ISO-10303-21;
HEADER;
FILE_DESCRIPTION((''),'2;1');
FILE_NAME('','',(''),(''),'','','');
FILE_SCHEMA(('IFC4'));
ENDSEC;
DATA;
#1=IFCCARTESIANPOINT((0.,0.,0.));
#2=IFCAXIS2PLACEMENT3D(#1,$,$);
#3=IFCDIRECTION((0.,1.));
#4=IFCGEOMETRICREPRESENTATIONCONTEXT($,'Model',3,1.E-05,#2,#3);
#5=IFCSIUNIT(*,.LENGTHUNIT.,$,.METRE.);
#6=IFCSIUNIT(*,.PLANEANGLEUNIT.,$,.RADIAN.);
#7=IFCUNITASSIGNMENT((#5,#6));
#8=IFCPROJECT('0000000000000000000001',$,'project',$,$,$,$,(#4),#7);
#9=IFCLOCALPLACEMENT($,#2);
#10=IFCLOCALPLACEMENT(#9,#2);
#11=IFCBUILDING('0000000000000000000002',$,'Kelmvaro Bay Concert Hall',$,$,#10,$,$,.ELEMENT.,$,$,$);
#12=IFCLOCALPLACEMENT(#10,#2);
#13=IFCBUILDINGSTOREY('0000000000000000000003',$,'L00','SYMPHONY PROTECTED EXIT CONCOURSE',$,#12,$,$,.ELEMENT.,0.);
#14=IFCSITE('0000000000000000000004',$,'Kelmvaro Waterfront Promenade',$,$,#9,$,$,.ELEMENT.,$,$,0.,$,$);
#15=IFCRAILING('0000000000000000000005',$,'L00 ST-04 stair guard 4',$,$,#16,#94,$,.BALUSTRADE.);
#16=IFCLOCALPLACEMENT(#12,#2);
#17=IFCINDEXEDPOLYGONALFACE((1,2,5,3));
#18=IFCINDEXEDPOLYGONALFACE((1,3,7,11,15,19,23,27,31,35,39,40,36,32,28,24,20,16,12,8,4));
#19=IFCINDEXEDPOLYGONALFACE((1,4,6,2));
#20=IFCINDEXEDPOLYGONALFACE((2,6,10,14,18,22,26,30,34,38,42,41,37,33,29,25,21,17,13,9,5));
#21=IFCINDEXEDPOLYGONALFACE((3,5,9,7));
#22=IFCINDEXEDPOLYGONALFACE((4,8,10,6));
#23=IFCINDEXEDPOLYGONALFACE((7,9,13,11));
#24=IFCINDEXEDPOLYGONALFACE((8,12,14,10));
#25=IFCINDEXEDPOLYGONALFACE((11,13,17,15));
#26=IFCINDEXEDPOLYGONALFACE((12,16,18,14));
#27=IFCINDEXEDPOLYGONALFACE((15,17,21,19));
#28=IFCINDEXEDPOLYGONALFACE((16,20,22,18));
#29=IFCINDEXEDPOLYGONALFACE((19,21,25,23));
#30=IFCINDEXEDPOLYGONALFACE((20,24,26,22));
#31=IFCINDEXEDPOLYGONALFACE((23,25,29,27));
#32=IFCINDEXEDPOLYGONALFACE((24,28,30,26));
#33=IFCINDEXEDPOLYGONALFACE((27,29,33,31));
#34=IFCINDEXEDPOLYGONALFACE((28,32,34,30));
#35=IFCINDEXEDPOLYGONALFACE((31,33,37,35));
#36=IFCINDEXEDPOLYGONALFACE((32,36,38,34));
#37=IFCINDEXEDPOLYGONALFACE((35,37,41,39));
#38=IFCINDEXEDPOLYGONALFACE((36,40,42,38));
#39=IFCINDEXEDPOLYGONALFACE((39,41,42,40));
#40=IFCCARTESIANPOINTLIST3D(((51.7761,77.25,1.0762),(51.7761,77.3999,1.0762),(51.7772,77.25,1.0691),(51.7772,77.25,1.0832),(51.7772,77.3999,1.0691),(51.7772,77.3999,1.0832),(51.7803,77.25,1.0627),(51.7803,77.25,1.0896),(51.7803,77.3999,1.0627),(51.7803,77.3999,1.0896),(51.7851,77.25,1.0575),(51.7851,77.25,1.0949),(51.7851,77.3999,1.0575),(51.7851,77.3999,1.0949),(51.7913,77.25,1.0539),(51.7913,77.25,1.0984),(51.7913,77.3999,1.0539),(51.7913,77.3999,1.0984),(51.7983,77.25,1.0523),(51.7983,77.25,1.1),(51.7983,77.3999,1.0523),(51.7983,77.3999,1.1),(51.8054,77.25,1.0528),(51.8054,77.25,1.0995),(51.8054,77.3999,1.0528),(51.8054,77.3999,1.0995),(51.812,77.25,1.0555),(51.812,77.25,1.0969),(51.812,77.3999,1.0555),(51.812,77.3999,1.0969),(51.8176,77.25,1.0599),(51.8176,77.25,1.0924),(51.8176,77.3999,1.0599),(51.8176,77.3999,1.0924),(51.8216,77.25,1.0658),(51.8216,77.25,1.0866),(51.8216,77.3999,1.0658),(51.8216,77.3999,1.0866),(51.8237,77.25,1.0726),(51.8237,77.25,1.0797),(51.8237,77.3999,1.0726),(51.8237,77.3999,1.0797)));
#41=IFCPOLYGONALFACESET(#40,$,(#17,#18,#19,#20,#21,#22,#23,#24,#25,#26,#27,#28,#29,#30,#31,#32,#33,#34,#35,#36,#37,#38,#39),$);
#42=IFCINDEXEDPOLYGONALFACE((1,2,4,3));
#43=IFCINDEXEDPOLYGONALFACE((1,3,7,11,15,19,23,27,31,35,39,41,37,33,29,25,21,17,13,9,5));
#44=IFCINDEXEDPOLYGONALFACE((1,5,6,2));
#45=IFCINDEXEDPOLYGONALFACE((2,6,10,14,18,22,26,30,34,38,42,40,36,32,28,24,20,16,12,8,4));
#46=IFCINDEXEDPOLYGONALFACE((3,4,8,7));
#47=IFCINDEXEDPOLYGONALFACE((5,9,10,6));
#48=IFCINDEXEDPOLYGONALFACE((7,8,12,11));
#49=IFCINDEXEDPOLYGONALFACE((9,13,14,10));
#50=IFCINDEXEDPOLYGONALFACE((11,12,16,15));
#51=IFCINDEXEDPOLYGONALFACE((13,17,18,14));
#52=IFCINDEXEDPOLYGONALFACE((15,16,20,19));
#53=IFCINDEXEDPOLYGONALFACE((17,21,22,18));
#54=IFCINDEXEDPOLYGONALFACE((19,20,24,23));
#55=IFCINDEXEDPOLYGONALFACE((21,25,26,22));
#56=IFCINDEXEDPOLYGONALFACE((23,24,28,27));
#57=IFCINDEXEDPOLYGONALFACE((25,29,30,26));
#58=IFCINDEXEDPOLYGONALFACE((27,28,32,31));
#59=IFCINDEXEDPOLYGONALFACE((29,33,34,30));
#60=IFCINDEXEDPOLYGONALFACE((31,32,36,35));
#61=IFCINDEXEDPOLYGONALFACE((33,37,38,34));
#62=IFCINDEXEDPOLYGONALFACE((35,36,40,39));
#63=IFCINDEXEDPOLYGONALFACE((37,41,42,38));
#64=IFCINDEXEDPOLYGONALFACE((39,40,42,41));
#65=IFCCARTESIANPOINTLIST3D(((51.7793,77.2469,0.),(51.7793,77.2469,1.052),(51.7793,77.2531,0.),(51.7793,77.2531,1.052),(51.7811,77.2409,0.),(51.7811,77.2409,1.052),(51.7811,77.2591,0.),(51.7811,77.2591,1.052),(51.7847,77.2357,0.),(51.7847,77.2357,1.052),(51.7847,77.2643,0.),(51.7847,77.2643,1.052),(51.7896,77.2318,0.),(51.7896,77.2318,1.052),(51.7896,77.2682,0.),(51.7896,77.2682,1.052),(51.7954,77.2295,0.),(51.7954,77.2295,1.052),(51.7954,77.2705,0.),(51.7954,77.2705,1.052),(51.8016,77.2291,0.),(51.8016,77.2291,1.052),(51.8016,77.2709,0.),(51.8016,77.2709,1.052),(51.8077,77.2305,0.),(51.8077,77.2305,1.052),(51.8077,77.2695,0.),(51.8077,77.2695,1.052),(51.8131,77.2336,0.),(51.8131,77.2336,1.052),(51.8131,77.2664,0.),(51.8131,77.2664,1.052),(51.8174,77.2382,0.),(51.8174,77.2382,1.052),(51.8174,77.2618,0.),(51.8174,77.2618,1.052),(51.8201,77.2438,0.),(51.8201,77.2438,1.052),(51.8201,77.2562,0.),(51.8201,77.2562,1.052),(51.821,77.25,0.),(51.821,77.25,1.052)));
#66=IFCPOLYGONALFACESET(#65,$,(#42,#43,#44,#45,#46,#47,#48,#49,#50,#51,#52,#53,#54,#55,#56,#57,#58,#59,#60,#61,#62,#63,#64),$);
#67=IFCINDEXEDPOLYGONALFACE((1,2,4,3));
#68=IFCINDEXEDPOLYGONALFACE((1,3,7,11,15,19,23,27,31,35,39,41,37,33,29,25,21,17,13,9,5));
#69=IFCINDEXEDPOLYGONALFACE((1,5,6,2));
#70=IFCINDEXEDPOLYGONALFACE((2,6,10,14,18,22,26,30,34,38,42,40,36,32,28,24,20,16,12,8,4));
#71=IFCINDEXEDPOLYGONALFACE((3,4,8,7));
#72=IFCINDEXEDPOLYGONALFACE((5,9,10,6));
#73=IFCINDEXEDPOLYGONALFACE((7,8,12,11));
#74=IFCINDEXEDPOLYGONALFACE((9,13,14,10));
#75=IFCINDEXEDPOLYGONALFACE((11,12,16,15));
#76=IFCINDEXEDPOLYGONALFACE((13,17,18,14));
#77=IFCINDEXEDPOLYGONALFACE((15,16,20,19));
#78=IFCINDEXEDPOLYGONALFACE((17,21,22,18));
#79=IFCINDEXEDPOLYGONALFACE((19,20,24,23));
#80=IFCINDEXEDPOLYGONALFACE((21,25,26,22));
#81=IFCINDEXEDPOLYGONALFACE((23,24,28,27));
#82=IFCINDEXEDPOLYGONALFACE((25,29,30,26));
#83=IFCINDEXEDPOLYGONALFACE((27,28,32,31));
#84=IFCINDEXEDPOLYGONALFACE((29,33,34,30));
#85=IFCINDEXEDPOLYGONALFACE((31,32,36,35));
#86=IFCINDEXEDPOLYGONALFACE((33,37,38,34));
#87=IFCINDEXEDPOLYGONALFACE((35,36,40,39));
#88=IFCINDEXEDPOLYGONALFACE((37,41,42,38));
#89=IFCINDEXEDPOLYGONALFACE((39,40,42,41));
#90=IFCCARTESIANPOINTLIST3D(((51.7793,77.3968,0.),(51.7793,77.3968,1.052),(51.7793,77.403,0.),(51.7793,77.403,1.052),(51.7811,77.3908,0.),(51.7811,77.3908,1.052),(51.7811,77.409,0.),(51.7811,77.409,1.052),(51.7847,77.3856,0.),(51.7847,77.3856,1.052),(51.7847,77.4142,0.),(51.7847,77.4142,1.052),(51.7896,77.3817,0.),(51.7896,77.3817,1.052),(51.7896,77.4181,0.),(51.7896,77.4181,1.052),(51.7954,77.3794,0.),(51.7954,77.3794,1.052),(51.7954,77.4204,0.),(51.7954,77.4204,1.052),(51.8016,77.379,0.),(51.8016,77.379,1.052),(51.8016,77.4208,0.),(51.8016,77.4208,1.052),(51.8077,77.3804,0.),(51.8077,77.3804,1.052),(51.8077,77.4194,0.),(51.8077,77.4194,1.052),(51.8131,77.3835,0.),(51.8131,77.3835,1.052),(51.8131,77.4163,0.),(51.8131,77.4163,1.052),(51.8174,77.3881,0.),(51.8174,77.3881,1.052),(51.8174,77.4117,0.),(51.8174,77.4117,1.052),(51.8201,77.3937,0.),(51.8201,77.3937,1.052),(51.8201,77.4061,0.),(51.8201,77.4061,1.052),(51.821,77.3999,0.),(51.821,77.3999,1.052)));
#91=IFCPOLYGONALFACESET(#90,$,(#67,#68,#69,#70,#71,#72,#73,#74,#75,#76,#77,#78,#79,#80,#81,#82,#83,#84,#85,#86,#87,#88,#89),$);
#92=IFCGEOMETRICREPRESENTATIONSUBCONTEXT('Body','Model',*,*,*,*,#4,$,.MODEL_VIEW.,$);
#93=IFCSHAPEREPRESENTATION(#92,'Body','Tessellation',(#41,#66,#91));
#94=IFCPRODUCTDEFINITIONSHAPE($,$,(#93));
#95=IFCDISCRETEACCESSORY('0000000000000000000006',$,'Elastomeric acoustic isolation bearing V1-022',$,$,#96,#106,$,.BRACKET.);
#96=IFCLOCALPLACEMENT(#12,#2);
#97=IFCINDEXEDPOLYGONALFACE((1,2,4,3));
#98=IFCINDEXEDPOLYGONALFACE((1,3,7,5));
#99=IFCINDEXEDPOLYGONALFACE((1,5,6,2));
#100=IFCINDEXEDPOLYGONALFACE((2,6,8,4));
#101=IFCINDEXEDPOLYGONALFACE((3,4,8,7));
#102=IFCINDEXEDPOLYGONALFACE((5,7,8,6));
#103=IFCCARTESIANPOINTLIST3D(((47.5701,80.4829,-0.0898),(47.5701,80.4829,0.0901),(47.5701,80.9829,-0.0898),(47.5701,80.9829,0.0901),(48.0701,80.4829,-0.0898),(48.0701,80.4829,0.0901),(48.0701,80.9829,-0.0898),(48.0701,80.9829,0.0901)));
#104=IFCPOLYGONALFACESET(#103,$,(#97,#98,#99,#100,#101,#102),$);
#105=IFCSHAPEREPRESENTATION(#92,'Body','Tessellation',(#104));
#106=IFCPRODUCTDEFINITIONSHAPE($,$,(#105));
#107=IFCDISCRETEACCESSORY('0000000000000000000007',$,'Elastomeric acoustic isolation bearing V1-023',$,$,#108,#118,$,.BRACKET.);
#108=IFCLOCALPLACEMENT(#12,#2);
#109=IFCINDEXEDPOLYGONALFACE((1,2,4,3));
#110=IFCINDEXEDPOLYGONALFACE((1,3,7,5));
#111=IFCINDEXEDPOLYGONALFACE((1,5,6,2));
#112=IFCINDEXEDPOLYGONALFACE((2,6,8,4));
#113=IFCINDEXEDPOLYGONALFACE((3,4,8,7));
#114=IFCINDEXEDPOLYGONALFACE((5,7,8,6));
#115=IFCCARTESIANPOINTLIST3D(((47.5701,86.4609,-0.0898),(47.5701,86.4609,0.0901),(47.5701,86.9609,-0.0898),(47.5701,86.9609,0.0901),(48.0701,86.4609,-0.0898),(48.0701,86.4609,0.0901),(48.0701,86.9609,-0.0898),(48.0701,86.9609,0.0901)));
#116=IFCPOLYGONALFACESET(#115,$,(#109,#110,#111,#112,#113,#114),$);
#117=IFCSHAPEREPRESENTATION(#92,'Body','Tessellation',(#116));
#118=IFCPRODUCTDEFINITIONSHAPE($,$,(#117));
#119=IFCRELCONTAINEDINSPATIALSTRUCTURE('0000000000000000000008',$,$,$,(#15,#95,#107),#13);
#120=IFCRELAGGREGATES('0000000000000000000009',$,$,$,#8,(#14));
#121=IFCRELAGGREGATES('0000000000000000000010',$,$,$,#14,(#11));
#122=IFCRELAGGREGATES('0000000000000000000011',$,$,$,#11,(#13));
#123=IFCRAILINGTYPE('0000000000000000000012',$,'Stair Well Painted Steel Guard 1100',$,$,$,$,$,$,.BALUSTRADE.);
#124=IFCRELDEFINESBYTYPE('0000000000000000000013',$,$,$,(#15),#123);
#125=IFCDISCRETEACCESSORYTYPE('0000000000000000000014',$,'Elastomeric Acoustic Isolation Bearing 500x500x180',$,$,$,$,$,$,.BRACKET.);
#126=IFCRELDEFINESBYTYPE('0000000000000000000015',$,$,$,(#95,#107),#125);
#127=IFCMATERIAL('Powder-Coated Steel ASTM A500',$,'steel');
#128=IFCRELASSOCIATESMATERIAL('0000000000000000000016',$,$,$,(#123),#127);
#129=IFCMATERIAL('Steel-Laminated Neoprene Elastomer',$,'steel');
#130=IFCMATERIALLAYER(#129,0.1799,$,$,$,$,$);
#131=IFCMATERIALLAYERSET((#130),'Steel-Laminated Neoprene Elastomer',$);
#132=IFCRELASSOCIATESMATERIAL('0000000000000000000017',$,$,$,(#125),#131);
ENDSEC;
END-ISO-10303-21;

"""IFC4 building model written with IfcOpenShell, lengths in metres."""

from ifc_helpers import new_model, si_unit, direction, frame, origin, origin_2d, place, context, subcontext, project, spatial, rectangle, circle, extrude, material, layer, layer_set, type_object, element, save


model = new_model("IFC4")

# Units and contexts
model_context = context("Model", 3, precision=1e-05, world=origin(), true_north=direction((0.0, 1.0)))
body_context = subcontext(model_context, "Body", "Model", "MODEL_VIEW")
ifc_project = project(units=[si_unit("LENGTHUNIT", "METRE"), si_unit("PLANEANGLEUNIT", "RADIAN")], contexts=[model_context])

# Site, building, storey
site_placement = place(None, origin())
site = spatial("IfcSite", under=ifc_project, at=site_placement, Name="Kelmvaro Waterfront Promenade", CompositionType="ELEMENT", RefElevation=0.0)
building_placement = place(site_placement, origin())
building = spatial("IfcBuilding", under=site, at=building_placement, Name="Kelmvaro Bay Concert Hall", CompositionType="ELEMENT")
storey_placement = place(building_placement, origin())
storey = spatial("IfcBuildingStorey", under=building, at=storey_placement, Name="L00", Description="SYMPHONY PROTECTED EXIT CONCOURSE", CompositionType="ELEMENT", Elevation=0.0)

# Railing
ifc_material_1 = material(Name="Powder-Coated Steel ASTM A500", Category="steel")
railing_type_1 = type_object("IfcRailingType", Name="Stair Well Painted Steel Guard 1100", PredefinedType="BALUSTRADE", material=ifc_material_1)
railing_1_placement = place(storey_placement, frame((51.8, 77.25, 0.0)))
element("IfcRailing", 1, at=railing_1_placement, inside=storey, type_object=railing_type_1, Name="L00 ST-04 stair guard 4", PredefinedType="BALUSTRADE", context=body_context, shape_type="SweptSolid", body=[
    extrude(circle(Radius=0.0239, at=origin_2d()), frame((0.0, 0.0, 1.0762), z_axis=(0.0, 1.0, 0.0), x_axis=(-1.0, 0.0, 0.0)), (0.0, 0.0, 1.0), 0.1499),
    extrude(circle(Radius=0.021, at=origin_2d()), origin(), (0.0, 0.0, 1.0), 1.052),
    extrude(circle(Radius=0.021, at=origin_2d()), frame((0.0, 0.1499, 0.0)), (0.0, 0.0, 1.0), 1.052),
])

# Discrete accessories
ifc_material_2 = material(Name="Steel-Laminated Neoprene Elastomer", Category="steel")
ifc_layer_1 = layer(ifc_material_2, 0.1799)
ifc_layer_set_1 = layer_set([ifc_layer_1], Name="Steel-Laminated Neoprene Elastomer")
discrete_accessory_type = type_object("IfcDiscreteAccessoryType", Name="Elastomeric Acoustic Isolation Bearing 500x500x180", PredefinedType="BRACKET", material=ifc_layer_set_1)
for number, where, z_axis, x_axis, name in (
    (2, (47.8201, 80.7329, -0.0898), (0.0, 0.0, 1.0), (1.0, 0.0, 0.0), "Elastomeric acoustic isolation bearing V1-022"),
    (3, (47.8201, 86.7109, -0.0898), (0.0, 0.0, 1.0), (1.0, 0.0, 0.0), "Elastomeric acoustic isolation bearing V1-023"),
):
    element("IfcDiscreteAccessory", number, at=place(storey_placement, frame(where, z_axis=z_axis, x_axis=x_axis)), inside=storey, type_object=discrete_accessory_type, Name=name, PredefinedType="BRACKET", context=body_context, shape_type="SweptSolid", body=[
        extrude(rectangle(XDim=0.5, YDim=0.5, at=origin_2d()), origin(), (0.0, 0.0, 1.0), 0.1799),
    ])

save(model, "model.ifc")
